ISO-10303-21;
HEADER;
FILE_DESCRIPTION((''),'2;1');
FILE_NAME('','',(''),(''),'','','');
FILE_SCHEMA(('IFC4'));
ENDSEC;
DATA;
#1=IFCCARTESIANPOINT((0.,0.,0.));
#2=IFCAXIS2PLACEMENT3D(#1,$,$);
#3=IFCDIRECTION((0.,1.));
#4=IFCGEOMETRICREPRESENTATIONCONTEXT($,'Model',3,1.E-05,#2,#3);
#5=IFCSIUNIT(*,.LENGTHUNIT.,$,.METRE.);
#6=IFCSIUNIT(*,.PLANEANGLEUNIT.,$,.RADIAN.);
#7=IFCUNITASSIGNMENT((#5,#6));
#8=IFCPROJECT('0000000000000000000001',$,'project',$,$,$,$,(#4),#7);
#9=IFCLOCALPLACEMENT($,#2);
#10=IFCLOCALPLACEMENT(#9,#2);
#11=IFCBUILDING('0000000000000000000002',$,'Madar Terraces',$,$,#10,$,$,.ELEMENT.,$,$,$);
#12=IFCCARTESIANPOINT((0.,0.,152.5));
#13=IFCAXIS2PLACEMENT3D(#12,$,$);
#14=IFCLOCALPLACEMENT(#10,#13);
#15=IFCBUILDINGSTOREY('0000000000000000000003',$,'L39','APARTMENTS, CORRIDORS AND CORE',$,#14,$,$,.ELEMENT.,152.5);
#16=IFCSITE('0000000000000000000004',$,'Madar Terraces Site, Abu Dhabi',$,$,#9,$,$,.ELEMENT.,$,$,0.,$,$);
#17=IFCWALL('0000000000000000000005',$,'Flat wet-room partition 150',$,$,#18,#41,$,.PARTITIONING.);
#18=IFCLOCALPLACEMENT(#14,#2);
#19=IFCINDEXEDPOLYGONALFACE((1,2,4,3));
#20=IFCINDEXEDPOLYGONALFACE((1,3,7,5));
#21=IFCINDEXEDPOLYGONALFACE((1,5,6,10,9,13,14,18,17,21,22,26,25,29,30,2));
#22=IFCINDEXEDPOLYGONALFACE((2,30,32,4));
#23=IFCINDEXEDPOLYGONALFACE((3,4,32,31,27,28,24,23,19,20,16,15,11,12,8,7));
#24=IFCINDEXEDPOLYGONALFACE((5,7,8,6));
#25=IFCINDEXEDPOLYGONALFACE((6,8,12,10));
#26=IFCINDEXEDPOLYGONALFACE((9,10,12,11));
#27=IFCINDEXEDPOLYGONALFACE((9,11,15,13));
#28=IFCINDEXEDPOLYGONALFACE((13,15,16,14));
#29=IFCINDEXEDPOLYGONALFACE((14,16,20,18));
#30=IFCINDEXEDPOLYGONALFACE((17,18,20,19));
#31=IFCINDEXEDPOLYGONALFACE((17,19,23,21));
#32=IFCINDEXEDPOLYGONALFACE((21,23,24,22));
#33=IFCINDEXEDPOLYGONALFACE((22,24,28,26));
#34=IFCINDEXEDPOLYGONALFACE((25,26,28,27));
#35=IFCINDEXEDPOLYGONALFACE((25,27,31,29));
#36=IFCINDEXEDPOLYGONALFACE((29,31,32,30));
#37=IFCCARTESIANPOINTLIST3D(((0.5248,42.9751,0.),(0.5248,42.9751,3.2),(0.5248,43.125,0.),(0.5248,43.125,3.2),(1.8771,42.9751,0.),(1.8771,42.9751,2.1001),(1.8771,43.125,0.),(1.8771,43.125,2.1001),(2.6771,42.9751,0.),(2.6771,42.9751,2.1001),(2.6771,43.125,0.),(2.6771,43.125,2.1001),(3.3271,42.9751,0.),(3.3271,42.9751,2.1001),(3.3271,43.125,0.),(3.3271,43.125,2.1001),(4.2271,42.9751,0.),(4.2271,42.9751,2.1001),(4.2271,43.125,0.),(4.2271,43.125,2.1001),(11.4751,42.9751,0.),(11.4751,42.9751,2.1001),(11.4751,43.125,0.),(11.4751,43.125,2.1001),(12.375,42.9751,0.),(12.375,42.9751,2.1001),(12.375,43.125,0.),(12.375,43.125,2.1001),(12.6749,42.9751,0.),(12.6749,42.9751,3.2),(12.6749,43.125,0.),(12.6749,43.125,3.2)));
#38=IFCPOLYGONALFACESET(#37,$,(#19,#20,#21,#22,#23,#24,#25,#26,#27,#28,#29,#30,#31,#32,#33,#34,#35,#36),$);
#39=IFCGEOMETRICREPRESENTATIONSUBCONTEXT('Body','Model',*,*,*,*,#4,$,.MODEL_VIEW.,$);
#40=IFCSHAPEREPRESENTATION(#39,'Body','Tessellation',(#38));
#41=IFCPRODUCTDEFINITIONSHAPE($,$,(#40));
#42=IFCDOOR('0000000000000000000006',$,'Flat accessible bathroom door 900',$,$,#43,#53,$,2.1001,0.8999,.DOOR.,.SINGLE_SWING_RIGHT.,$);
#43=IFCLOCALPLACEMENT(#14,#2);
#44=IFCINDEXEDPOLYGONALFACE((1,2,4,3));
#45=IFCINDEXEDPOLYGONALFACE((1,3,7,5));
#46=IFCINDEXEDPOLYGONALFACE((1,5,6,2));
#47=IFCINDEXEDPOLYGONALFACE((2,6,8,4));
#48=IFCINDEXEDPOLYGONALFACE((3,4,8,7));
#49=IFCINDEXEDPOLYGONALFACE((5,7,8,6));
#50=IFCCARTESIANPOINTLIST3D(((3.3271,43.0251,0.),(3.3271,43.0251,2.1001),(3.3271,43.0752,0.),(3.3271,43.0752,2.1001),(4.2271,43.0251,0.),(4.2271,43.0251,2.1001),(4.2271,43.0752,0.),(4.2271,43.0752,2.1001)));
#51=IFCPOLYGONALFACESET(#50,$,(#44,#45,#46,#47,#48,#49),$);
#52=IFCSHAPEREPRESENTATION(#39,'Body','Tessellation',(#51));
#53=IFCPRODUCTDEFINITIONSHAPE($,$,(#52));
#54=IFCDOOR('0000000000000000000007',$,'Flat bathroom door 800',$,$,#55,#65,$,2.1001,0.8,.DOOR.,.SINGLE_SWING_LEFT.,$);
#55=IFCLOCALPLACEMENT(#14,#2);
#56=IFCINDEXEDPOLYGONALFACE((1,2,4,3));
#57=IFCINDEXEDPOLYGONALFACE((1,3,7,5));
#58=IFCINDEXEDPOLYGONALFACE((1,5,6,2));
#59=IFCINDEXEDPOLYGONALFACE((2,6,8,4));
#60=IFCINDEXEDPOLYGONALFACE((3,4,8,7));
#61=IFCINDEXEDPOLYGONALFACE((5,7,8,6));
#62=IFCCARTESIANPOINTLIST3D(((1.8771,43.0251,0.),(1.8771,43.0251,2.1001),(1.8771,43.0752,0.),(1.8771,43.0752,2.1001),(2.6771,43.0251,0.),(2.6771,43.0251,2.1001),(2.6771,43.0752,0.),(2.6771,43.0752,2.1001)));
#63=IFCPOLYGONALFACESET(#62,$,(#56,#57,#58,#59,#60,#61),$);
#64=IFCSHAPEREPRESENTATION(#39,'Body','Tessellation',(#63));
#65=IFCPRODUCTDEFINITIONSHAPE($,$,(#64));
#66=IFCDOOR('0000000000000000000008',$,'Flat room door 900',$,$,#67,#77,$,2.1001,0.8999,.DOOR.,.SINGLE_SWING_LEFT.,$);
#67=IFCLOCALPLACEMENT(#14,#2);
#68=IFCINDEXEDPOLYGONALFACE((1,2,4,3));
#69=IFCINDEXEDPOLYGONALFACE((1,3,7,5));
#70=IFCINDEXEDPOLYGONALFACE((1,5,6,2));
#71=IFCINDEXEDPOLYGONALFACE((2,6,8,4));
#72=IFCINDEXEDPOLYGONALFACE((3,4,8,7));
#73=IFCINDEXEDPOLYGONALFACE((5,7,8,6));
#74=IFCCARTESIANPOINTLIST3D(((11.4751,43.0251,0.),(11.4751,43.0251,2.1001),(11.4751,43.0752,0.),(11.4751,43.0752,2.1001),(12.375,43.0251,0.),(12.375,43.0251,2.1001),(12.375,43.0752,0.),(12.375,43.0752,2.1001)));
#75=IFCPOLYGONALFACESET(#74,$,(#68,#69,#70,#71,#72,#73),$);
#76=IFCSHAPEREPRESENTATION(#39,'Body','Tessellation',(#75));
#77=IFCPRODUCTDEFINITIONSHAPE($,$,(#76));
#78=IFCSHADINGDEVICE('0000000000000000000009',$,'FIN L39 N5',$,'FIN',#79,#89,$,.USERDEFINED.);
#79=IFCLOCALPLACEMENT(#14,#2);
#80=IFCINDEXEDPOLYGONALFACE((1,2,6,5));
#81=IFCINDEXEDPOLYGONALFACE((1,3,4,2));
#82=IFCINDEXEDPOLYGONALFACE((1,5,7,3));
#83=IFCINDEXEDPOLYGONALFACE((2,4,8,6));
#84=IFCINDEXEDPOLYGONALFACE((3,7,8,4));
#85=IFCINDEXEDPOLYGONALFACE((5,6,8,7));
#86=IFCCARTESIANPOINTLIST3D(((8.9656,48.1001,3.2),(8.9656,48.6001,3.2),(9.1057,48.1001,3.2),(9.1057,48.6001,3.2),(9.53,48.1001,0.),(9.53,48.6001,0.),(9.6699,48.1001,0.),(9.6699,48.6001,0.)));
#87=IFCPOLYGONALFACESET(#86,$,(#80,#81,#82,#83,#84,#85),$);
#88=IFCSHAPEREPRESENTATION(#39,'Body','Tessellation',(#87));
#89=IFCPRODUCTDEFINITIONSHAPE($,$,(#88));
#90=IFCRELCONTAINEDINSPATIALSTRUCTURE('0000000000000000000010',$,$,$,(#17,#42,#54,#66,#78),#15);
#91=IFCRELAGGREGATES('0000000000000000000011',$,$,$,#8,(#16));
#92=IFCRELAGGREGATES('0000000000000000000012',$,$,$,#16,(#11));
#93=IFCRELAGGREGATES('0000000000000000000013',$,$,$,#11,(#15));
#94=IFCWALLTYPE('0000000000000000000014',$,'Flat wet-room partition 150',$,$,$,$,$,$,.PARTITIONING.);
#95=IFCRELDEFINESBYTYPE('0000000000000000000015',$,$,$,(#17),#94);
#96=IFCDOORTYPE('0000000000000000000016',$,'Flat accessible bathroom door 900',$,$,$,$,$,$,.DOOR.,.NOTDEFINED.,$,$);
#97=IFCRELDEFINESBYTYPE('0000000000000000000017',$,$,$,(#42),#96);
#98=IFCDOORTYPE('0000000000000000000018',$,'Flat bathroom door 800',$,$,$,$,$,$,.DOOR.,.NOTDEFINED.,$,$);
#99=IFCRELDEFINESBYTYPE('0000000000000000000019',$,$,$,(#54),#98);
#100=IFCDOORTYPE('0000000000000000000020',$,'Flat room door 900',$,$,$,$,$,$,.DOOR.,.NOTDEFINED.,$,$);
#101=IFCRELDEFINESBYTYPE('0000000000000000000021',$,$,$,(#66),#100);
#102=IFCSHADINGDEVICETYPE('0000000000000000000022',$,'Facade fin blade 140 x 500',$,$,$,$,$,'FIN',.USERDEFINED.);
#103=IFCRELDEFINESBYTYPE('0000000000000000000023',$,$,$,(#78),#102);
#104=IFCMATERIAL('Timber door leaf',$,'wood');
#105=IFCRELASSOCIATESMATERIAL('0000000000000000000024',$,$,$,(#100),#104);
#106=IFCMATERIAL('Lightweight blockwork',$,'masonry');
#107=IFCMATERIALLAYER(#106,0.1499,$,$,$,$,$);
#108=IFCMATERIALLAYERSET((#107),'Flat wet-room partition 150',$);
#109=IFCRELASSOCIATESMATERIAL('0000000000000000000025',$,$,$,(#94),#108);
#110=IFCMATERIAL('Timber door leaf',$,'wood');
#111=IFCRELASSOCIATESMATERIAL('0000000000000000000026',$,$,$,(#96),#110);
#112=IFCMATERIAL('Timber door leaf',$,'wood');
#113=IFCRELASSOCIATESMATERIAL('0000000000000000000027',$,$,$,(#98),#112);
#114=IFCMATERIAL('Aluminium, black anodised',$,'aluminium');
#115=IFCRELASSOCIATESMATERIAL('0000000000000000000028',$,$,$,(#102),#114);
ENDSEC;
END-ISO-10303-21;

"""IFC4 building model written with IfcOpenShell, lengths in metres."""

from ifc_helpers import new_model, si_unit, direction, frame, frame_2d, origin, place, context, subcontext, project, spatial, polyline, rectangle, outline, extrude, material, layer, layer_set, type_object, element, fill, save


model = new_model("IFC4")

# Units and contexts
model_context = context("Model", 3, precision=1e-05, world=origin(), true_north=direction((0.0, 1.0)))
body_context = subcontext(model_context, "Body", "Model", "MODEL_VIEW")
ifc_project = project(units=[si_unit("LENGTHUNIT", "METRE"), si_unit("PLANEANGLEUNIT", "RADIAN")], contexts=[model_context])

# Site, building, storey
site_placement = place(None, origin())
site = spatial("IfcSite", under=ifc_project, at=site_placement, Name="Madar Terraces Site, Abu Dhabi", CompositionType="ELEMENT", RefElevation=0.0)
building_placement = place(site_placement, origin())
building = spatial("IfcBuilding", under=site, at=building_placement, Name="Madar Terraces", CompositionType="ELEMENT")
storey_placement = place(building_placement, frame((0.0, 0.0, 152.5)))
storey = spatial("IfcBuildingStorey", under=building, at=storey_placement, Name="L39", Description="APARTMENTS, CORRIDORS AND CORE", CompositionType="ELEMENT", Elevation=152.5)

# Shared definitions
ifc_material_1 = material(Name="Timber door leaf", Category="wood")
door_type_1 = type_object("IfcDoorType", Name="Flat room door 900", OperationType="NOTDEFINED", PredefinedType="DOOR", material=ifc_material_1)

# Wall, openings, doors
ifc_material_2 = material(Name="Lightweight blockwork", Category="masonry")
ifc_layer_1 = layer(ifc_material_2, 0.1499)
ifc_layer_set_1 = layer_set([ifc_layer_1], Name="Flat wet-room partition 150")
wall_type_1 = type_object("IfcWallType", Name="Flat wet-room partition 150", PredefinedType="PARTITIONING", material=ifc_layer_set_1)
wall_1_placement = place(storey_placement, frame((12.675, 43.05, 0.0), z_axis=(0.0, 0.0, 1.0), x_axis=(-1.0, 0.0, 0.0)))
wall_1 = element("IfcWall", 1, at=wall_1_placement, inside=storey, type_object=wall_type_1, Name="Flat wet-room partition 150", PredefinedType="PARTITIONING", context=body_context, shape_type="SweptSolid", body=[
    extrude(rectangle(XDim=12.1501, YDim=0.1499, at=frame_2d((6.0752, 0.0))), origin(), (0.0, 0.0, 1.0), 3.2),
])
opening_1_placement = place(wall_1_placement, frame((0.3, 0.0, 0.0)))
opening_1 = element("IfcOpeningElement", 2, at=opening_1_placement, cuts=wall_1, PredefinedType="OPENING", context=body_context, shape_type="SweptSolid", body=[
    extrude(rectangle(XDim=0.8999, YDim=2.1001, at=frame_2d((0.45, 1.05))), frame((0.0, 0.085, 0.0), z_axis=(0.0, -1.0, 0.0), x_axis=(1.0, 0.0, 0.0)), (0.0, 0.0, 1.0), 0.1699),
])
opening_2_placement = place(wall_1_placement, frame((8.448, 0.0, 0.0)))
opening_2 = element("IfcOpeningElement", 3, at=opening_2_placement, cuts=wall_1, PredefinedType="OPENING", context=body_context, shape_type="SweptSolid", body=[
    extrude(rectangle(XDim=0.8999, YDim=2.1001, at=frame_2d((0.45, 1.05))), frame((0.0, 0.085, 0.0), z_axis=(0.0, -1.0, 0.0), x_axis=(1.0, 0.0, 0.0)), (0.0, 0.0, 1.0), 0.1699),
])
opening_3_placement = place(wall_1_placement, frame((9.998, 0.0, 0.0)))
opening_3 = element("IfcOpeningElement", 4, at=opening_3_placement, cuts=wall_1, PredefinedType="OPENING", context=body_context, shape_type="SweptSolid", body=[
    extrude(rectangle(XDim=0.8, YDim=2.1001, at=frame_2d((0.3999, 1.05))), frame((0.0, 0.085, 0.0), z_axis=(0.0, -1.0, 0.0), x_axis=(1.0, 0.0, 0.0)), (0.0, 0.0, 1.0), 0.1699),
])
ifc_material_3 = material(Name="Timber door leaf", Category="wood")
door_type_2 = type_object("IfcDoorType", Name="Flat accessible bathroom door 900", OperationType="NOTDEFINED", PredefinedType="DOOR", material=ifc_material_3)
door_1_placement = place(opening_2_placement, origin())
door_1 = element("IfcDoor", 5, at=door_1_placement, inside=storey, type_object=door_type_2, Name="Flat accessible bathroom door 900", OperationType="SINGLE_SWING_RIGHT", OverallHeight=2.1001, OverallWidth=0.8999, PredefinedType="DOOR", context=body_context, shape_type="SweptSolid", body=[
    extrude(rectangle(XDim=0.8999, YDim=2.1001, at=frame_2d((0.45, 1.05))), frame((0.0, 0.0249, 0.0), z_axis=(0.0, -1.0, 0.0), x_axis=(1.0, 0.0, 0.0)), (0.0, 0.0, 1.0), 0.05),
])
fill(opening_2, door_1)
ifc_material_4 = material(Name="Timber door leaf", Category="wood")
door_type_3 = type_object("IfcDoorType", Name="Flat bathroom door 800", OperationType="NOTDEFINED", PredefinedType="DOOR", material=ifc_material_4)
door_2_placement = place(opening_3_placement, origin())
door_2 = element("IfcDoor", 6, at=door_2_placement, inside=storey, type_object=door_type_3, Name="Flat bathroom door 800", OperationType="SINGLE_SWING_LEFT", OverallHeight=2.1001, OverallWidth=0.8, PredefinedType="DOOR", context=body_context, shape_type="SweptSolid", body=[
    extrude(rectangle(XDim=0.8, YDim=2.1001, at=frame_2d((0.3999, 1.05))), frame((0.0, 0.0249, 0.0), z_axis=(0.0, -1.0, 0.0), x_axis=(1.0, 0.0, 0.0)), (0.0, 0.0, 1.0), 0.05),
])
fill(opening_3, door_2)
door_3_placement = place(opening_1_placement, origin())
door_3 = element("IfcDoor", 7, at=door_3_placement, inside=storey, type_object=door_type_1, Name="Flat room door 900", OperationType="SINGLE_SWING_LEFT", OverallHeight=2.1001, OverallWidth=0.8999, PredefinedType="DOOR", context=body_context, shape_type="SweptSolid", body=[
    extrude(rectangle(XDim=0.8999, YDim=2.1001, at=frame_2d((0.45, 1.05))), frame((0.0, 0.0249, 0.0), z_axis=(0.0, -1.0, 0.0), x_axis=(1.0, 0.0, 0.0)), (0.0, 0.0, 1.0), 0.05),
])
fill(opening_1, door_3)

# Shading device
ifc_material_5 = material(Name="Aluminium, black anodised", Category="aluminium")
shading_device_type = type_object("IfcShadingDeviceType", Name="Facade fin blade 140 x 500", ElementType="FIN", PredefinedType="USERDEFINED", material=ifc_material_5)
shading_device_placement = place(storey_placement, frame((9.6699, 48.3501, 0.0), z_axis=(0.0, 0.0, 1.0), x_axis=(-1.0, 0.0, 0.0)))
element("IfcShadingDevice", 8, at=shading_device_placement, inside=storey, type_object=shading_device_type, Name="FIN L39 N5", ObjectType="FIN", PredefinedType="USERDEFINED", context=body_context, shape_type="SweptSolid", body=[
    extrude(outline(polyline([(0.0, 0.0), (0.1399, 0.0), (0.7043, 3.2), (0.5642, 3.2), (0.0, 0.0)])), frame((0.0, 0.25, 0.0), z_axis=(0.0, -1.0, 0.0), x_axis=(1.0, 0.0, 0.0)), (0.0, 0.0, 1.0), 0.5),
])

save(model, "model.ifc")
